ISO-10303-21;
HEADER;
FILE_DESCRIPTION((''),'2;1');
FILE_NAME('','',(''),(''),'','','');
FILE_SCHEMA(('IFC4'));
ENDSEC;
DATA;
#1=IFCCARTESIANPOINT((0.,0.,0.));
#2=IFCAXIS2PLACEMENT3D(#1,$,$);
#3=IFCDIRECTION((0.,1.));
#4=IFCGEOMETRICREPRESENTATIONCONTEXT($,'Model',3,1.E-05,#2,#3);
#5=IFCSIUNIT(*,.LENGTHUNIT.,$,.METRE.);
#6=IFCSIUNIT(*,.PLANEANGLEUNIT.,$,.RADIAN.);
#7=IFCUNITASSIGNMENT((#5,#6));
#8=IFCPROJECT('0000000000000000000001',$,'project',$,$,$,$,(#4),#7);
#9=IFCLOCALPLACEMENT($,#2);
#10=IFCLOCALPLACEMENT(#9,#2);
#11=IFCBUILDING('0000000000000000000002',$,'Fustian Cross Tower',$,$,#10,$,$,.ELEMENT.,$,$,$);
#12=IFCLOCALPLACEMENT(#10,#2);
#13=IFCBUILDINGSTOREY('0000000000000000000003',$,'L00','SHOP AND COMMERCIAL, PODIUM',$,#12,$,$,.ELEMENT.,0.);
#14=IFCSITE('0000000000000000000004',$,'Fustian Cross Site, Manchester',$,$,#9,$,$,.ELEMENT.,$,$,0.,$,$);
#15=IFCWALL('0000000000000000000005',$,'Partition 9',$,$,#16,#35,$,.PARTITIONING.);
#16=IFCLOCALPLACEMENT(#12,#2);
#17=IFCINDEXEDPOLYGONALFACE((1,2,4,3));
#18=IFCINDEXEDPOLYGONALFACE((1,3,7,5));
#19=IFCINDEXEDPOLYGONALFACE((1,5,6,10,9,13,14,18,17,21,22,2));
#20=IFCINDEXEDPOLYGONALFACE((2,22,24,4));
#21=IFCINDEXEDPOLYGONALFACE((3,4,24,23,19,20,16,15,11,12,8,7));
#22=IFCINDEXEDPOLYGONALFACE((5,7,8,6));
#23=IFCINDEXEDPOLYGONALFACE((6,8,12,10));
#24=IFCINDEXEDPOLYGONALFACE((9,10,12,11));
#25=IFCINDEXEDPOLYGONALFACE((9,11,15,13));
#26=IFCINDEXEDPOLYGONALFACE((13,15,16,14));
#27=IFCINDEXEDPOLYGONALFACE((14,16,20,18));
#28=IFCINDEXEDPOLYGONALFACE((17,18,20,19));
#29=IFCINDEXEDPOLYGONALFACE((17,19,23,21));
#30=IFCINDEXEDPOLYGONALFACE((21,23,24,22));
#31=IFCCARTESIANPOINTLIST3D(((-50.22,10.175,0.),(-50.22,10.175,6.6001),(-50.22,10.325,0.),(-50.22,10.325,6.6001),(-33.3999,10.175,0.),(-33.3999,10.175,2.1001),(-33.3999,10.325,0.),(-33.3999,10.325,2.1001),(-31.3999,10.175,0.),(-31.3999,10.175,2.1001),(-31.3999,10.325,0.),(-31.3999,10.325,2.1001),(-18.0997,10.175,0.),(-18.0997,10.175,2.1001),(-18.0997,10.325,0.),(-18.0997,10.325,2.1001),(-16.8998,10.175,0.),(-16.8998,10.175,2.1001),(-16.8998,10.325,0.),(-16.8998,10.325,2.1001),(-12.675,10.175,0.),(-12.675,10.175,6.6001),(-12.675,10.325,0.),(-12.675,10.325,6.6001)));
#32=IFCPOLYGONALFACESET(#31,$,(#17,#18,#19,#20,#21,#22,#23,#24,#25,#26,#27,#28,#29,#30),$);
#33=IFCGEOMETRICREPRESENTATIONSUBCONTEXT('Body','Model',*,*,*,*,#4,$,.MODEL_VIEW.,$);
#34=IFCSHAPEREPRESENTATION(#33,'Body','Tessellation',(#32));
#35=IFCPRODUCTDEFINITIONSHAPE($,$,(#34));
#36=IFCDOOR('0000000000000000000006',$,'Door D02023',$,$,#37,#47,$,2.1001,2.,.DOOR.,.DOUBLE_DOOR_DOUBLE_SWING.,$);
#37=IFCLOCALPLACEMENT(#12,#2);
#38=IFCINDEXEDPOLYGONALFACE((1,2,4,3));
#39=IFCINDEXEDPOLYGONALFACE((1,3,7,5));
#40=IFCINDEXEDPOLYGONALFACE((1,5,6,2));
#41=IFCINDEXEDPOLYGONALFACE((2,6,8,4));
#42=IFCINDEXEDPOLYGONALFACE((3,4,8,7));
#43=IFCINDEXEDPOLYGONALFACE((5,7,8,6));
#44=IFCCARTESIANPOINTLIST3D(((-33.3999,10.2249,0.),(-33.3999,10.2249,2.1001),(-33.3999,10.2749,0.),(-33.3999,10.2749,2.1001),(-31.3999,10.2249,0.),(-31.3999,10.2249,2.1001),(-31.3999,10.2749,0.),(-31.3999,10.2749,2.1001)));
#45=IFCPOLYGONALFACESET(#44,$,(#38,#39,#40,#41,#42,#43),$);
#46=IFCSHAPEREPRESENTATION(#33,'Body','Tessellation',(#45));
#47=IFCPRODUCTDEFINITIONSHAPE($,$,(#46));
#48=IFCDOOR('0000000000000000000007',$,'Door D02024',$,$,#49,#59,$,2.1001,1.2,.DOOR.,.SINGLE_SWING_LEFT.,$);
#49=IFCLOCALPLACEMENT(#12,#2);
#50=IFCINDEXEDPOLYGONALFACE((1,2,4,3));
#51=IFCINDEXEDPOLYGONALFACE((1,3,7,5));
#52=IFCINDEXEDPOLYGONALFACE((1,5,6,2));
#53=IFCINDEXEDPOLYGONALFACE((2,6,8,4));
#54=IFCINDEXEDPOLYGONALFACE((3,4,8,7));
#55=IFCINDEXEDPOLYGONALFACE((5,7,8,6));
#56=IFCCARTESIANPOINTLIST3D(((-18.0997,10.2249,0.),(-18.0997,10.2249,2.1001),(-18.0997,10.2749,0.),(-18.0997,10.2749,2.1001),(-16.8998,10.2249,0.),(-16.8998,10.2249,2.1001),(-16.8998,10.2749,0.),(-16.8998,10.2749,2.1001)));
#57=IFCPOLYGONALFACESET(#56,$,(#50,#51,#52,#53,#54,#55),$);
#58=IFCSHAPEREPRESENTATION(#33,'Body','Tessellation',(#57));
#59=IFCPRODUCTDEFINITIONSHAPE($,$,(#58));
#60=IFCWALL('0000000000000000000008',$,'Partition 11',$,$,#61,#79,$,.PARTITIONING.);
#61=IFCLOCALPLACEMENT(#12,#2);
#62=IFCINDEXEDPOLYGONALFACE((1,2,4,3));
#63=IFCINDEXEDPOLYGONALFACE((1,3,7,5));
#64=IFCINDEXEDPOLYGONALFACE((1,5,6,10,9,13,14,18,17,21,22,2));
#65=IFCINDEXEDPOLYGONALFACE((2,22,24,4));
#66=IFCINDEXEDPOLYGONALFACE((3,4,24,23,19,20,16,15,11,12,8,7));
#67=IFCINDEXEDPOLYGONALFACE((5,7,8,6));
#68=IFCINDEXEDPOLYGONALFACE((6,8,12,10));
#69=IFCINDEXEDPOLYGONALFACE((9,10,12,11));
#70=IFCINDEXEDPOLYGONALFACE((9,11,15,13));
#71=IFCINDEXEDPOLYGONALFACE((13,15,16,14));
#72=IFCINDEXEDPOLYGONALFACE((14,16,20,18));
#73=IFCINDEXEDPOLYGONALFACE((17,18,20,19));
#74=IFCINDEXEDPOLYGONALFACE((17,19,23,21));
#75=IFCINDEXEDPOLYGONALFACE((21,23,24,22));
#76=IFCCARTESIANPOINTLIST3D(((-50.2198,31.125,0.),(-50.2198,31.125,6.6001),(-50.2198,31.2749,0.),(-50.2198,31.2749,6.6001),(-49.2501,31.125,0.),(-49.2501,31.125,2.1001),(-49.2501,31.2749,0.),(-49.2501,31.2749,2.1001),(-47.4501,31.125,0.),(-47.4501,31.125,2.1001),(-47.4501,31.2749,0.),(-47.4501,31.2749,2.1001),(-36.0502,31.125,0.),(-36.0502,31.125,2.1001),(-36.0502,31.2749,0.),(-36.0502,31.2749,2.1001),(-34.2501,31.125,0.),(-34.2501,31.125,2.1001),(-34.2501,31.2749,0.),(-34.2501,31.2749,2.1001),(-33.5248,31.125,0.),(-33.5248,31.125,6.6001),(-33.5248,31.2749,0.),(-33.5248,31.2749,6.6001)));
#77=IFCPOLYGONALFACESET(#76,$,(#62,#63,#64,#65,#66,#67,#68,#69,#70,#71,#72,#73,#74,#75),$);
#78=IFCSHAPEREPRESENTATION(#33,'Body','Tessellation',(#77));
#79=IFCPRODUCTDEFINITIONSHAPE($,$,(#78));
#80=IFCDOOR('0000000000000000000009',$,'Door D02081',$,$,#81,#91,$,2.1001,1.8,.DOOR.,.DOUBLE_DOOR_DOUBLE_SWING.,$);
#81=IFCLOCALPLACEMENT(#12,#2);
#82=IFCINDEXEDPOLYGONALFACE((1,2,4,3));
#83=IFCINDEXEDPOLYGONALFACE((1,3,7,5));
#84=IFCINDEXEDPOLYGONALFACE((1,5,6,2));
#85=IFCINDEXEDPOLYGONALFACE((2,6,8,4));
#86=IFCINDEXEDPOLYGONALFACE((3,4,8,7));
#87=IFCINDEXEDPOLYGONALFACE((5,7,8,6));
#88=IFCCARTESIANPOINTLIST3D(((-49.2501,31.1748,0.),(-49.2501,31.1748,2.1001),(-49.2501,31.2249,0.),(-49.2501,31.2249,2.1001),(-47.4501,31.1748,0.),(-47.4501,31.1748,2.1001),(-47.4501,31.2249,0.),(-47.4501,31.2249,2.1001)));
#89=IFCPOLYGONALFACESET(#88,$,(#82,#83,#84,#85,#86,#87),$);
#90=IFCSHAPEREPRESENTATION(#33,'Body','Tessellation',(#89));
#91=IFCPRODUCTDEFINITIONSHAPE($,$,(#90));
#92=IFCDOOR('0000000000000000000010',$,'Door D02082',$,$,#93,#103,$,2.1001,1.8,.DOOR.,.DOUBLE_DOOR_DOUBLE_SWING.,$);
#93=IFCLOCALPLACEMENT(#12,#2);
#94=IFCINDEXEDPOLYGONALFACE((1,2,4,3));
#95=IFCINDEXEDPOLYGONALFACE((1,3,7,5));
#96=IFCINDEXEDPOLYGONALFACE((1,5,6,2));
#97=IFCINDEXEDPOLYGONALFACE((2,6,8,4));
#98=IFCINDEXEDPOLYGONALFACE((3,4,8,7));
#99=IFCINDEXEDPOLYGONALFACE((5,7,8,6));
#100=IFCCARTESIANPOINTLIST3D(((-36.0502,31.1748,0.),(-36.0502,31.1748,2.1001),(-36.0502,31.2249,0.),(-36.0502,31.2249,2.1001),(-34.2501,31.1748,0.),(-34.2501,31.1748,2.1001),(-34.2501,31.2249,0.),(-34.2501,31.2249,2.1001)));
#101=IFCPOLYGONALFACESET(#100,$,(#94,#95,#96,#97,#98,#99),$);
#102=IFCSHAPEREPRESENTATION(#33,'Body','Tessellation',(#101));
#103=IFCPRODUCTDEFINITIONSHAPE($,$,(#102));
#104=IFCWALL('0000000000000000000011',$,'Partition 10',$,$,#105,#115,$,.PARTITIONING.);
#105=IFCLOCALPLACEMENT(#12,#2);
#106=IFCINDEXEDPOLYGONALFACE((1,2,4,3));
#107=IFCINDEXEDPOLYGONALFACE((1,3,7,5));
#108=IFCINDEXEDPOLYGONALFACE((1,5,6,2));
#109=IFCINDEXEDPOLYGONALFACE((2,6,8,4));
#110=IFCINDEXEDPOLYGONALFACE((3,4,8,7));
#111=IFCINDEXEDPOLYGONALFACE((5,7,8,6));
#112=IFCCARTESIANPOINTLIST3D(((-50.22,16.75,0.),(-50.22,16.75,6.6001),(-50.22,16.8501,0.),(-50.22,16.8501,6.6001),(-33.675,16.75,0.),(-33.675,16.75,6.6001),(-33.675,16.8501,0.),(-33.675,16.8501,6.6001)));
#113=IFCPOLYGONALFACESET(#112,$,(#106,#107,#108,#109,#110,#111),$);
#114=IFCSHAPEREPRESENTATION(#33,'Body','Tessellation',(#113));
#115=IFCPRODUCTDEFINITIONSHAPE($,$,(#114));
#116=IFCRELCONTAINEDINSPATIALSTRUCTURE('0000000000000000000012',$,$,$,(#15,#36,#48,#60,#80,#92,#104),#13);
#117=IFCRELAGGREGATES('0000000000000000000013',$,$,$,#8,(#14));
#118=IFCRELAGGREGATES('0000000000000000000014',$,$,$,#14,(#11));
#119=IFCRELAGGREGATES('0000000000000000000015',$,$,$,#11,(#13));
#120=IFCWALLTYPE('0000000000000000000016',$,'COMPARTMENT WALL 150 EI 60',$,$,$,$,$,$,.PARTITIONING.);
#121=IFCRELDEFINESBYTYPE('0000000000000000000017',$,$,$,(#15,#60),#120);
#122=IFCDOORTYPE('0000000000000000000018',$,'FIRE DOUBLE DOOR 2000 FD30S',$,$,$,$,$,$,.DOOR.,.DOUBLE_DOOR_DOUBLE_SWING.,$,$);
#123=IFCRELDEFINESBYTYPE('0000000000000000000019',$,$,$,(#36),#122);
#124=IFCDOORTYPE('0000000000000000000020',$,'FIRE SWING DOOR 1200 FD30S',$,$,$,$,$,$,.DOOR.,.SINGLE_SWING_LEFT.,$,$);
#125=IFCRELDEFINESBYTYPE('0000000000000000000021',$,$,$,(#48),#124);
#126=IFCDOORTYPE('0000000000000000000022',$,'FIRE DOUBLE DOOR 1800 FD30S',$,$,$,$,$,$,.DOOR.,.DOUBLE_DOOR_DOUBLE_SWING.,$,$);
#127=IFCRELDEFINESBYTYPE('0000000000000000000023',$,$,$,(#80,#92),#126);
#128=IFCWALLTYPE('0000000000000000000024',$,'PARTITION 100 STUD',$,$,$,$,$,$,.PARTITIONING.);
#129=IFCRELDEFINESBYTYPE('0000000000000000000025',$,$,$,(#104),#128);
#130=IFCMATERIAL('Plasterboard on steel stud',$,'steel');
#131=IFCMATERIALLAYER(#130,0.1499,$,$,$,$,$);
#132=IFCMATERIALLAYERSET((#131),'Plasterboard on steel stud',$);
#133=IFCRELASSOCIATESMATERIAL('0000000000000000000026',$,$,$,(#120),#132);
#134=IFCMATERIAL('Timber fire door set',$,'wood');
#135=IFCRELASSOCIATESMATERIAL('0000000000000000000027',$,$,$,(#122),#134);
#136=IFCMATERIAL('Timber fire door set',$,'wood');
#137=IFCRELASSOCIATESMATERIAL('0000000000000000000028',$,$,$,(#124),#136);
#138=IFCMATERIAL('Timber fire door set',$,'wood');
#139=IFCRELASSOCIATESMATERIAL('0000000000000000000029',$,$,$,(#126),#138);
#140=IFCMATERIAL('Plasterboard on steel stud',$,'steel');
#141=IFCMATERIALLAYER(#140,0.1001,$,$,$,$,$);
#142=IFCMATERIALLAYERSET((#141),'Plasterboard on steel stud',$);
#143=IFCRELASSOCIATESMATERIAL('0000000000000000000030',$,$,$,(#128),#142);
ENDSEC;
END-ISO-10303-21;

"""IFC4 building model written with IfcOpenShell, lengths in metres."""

from ifc_helpers import new_model, si_unit, direction, frame, frame_2d, origin, place, context, subcontext, project, spatial, rectangle, extrude, material, layer, layer_set, type_object, element, fill, save


model = new_model("IFC4")

# Units and contexts
model_context = context("Model", 3, precision=1e-05, world=origin(), true_north=direction((0.0, 1.0)))
body_context = subcontext(model_context, "Body", "Model", "MODEL_VIEW")
ifc_project = project(units=[si_unit("LENGTHUNIT", "METRE"), si_unit("PLANEANGLEUNIT", "RADIAN")], contexts=[model_context])

# Site, building, storey
site_placement = place(None, origin())
site = spatial("IfcSite", under=ifc_project, at=site_placement, Name="Fustian Cross Site, Manchester", CompositionType="ELEMENT", RefElevation=0.0)
building_placement = place(site_placement, origin())
building = spatial("IfcBuilding", under=site, at=building_placement, Name="Fustian Cross Tower", CompositionType="ELEMENT")
storey_placement = place(building_placement, origin())
storey = spatial("IfcBuildingStorey", under=building, at=storey_placement, Name="L00", Description="SHOP AND COMMERCIAL, PODIUM", CompositionType="ELEMENT", Elevation=0.0)

# Walls, openings, doors
ifc_material_1 = material(Name="Plasterboard on steel stud", Category="steel")
ifc_layer_1 = layer(ifc_material_1, 0.1499)
ifc_layer_set_1 = layer_set([ifc_layer_1], Name="Plasterboard on steel stud")
wall_type_1 = type_object("IfcWallType", Name="COMPARTMENT WALL 150 EI 60", PredefinedType="PARTITIONING", material=ifc_layer_set_1)
wall_1_placement = place(storey_placement, frame((-50.22, 10.25, 0.0), z_axis=(0.0, 0.0, 1.0), x_axis=(1.0, 0.0, 0.0)))
wall_1 = element("IfcWall", 1, at=wall_1_placement, inside=storey, type_object=wall_type_1, Name="Partition 9", PredefinedType="PARTITIONING", context=body_context, shape_type="SweptSolid", body=[
    extrude(rectangle(XDim=37.5449, YDim=0.1499, at=frame_2d((18.7725, 0.0))), origin(), (0.0, 0.0, 1.0), 6.6001),
])
opening_1_placement = place(wall_1_placement, frame((16.8201, 0.0, 0.0)))
opening_1 = element("IfcOpeningElement", 2, at=opening_1_placement, cuts=wall_1, PredefinedType="OPENING", context=body_context, shape_type="SweptSolid", body=[
    extrude(rectangle(XDim=2.0, YDim=2.1001, at=frame_2d((1.0, 1.05))), frame((0.0, 0.085, 0.0), z_axis=(0.0, -1.0, 0.0), x_axis=(1.0, 0.0, 0.0)), (0.0, 0.0, 1.0), 0.1699),
])
opening_2_placement = place(wall_1_placement, frame((32.1201, 0.0, 0.0)))
opening_2 = element("IfcOpeningElement", 3, at=opening_2_placement, cuts=wall_1, PredefinedType="OPENING", context=body_context, shape_type="SweptSolid", body=[
    extrude(rectangle(XDim=1.2, YDim=2.1001, at=frame_2d((0.6001, 1.05))), frame((0.0, 0.085, 0.0), z_axis=(0.0, -1.0, 0.0), x_axis=(1.0, 0.0, 0.0)), (0.0, 0.0, 1.0), 0.1699),
])
ifc_material_2 = material(Name="Timber fire door set", Category="wood")
door_type_1 = type_object("IfcDoorType", Name="FIRE DOUBLE DOOR 2000 FD30S", OperationType="DOUBLE_DOOR_DOUBLE_SWING", PredefinedType="DOOR", material=ifc_material_2)
door_1_placement = place(opening_1_placement, origin())
door_1 = element("IfcDoor", 4, at=door_1_placement, inside=storey, type_object=door_type_1, Name="Door D02023", OperationType="DOUBLE_DOOR_DOUBLE_SWING", OverallHeight=2.1001, OverallWidth=2.0, PredefinedType="DOOR", context=body_context, shape_type="SweptSolid", body=[
    extrude(rectangle(XDim=2.0, YDim=2.1001, at=frame_2d((1.0, 1.05))), frame((0.0, 0.0249, 0.0), z_axis=(0.0, -1.0, 0.0), x_axis=(1.0, 0.0, 0.0)), (0.0, 0.0, 1.0), 0.05),
])
fill(opening_1, door_1)
ifc_material_3 = material(Name="Timber fire door set", Category="wood")
door_type_2 = type_object("IfcDoorType", Name="FIRE SWING DOOR 1200 FD30S", OperationType="SINGLE_SWING_LEFT", PredefinedType="DOOR", material=ifc_material_3)
door_2_placement = place(opening_2_placement, origin())
door_2 = element("IfcDoor", 5, at=door_2_placement, inside=storey, type_object=door_type_2, Name="Door D02024", OperationType="SINGLE_SWING_LEFT", OverallHeight=2.1001, OverallWidth=1.2, PredefinedType="DOOR", context=body_context, shape_type="SweptSolid", body=[
    extrude(rectangle(XDim=1.2, YDim=2.1001, at=frame_2d((0.6001, 1.05))), frame((0.0, 0.0249, 0.0), z_axis=(0.0, -1.0, 0.0), x_axis=(1.0, 0.0, 0.0)), (0.0, 0.0, 1.0), 0.05),
])
fill(opening_2, door_2)
wall_2_placement = place(storey_placement, frame((-50.22, 31.2, 0.0), z_axis=(0.0, 0.0, 1.0), x_axis=(1.0, 0.0, 0.0)))
wall_2 = element("IfcWall", 6, at=wall_2_placement, inside=storey, type_object=wall_type_1, Name="Partition 11", PredefinedType="PARTITIONING", context=body_context, shape_type="SweptSolid", body=[
    extrude(rectangle(XDim=16.6951, YDim=0.1499, at=frame_2d((8.3477, 0.0))), origin(), (0.0, 0.0, 1.0), 6.6001),
])
opening_3_placement = place(wall_2_placement, frame((0.97, 0.0, 0.0)))
opening_3 = element("IfcOpeningElement", 7, at=opening_3_placement, cuts=wall_2, PredefinedType="OPENING", context=body_context, shape_type="SweptSolid", body=[
    extrude(rectangle(XDim=1.8, YDim=2.1001, at=frame_2d((0.8999, 1.05))), frame((0.0, 0.085, 0.0), z_axis=(0.0, -1.0, 0.0), x_axis=(1.0, 0.0, 0.0)), (0.0, 0.0, 1.0), 0.1699),
])
opening_4_placement = place(wall_2_placement, frame((14.1699, 0.0, 0.0)))
opening_4 = element("IfcOpeningElement", 8, at=opening_4_placement, cuts=wall_2, PredefinedType="OPENING", context=body_context, shape_type="SweptSolid", body=[
    extrude(rectangle(XDim=1.8, YDim=2.1001, at=frame_2d((0.8999, 1.05))), frame((0.0, 0.085, 0.0), z_axis=(0.0, -1.0, 0.0), x_axis=(1.0, 0.0, 0.0)), (0.0, 0.0, 1.0), 0.1699),
])
ifc_material_4 = material(Name="Timber fire door set", Category="wood")
door_type_3 = type_object("IfcDoorType", Name="FIRE DOUBLE DOOR 1800 FD30S", OperationType="DOUBLE_DOOR_DOUBLE_SWING", PredefinedType="DOOR", material=ifc_material_4)
door_3_placement = place(opening_3_placement, origin())
door_3 = element("IfcDoor", 9, at=door_3_placement, inside=storey, type_object=door_type_3, Name="Door D02081", OperationType="DOUBLE_DOOR_DOUBLE_SWING", OverallHeight=2.1001, OverallWidth=1.8, PredefinedType="DOOR", context=body_context, shape_type="SweptSolid", body=[
    extrude(rectangle(XDim=1.8, YDim=2.1001, at=frame_2d((0.8999, 1.05))), frame((0.0, 0.0249, 0.0), z_axis=(0.0, -1.0, 0.0), x_axis=(1.0, 0.0, 0.0)), (0.0, 0.0, 1.0), 0.05),
])
fill(opening_3, door_3)
door_4_placement = place(opening_4_placement, origin())
door_4 = element("IfcDoor", 10, at=door_4_placement, inside=storey, type_object=door_type_3, Name="Door D02082", OperationType="DOUBLE_DOOR_DOUBLE_SWING", OverallHeight=2.1001, OverallWidth=1.8, PredefinedType="DOOR", context=body_context, shape_type="SweptSolid", body=[
    extrude(rectangle(XDim=1.8, YDim=2.1001, at=frame_2d((0.8999, 1.05))), frame((0.0, 0.0249, 0.0), z_axis=(0.0, -1.0, 0.0), x_axis=(1.0, 0.0, 0.0)), (0.0, 0.0, 1.0), 0.05),
])
fill(opening_4, door_4)

# Wall
ifc_material_5 = material(Name="Plasterboard on steel stud", Category="steel")
ifc_layer_2 = layer(ifc_material_5, 0.1001)
ifc_layer_set_2 = layer_set([ifc_layer_2], Name="Plasterboard on steel stud")
wall_type_2 = type_object("IfcWallType", Name="PARTITION 100 STUD", PredefinedType="PARTITIONING", material=ifc_layer_set_2)
wall_3_placement = place(storey_placement, frame((-50.22, 16.8, 0.0), z_axis=(0.0, 0.0, 1.0), x_axis=(1.0, 0.0, 0.0)))
element("IfcWall", 11, at=wall_3_placement, inside=storey, type_object=wall_type_2, Name="Partition 10", PredefinedType="PARTITIONING", context=body_context, shape_type="SweptSolid", body=[
    extrude(rectangle(XDim=16.5449, YDim=0.1001, at=frame_2d((8.2725, 0.0))), origin(), (0.0, 0.0, 1.0), 6.6001),
])

save(model, "model.ifc")
